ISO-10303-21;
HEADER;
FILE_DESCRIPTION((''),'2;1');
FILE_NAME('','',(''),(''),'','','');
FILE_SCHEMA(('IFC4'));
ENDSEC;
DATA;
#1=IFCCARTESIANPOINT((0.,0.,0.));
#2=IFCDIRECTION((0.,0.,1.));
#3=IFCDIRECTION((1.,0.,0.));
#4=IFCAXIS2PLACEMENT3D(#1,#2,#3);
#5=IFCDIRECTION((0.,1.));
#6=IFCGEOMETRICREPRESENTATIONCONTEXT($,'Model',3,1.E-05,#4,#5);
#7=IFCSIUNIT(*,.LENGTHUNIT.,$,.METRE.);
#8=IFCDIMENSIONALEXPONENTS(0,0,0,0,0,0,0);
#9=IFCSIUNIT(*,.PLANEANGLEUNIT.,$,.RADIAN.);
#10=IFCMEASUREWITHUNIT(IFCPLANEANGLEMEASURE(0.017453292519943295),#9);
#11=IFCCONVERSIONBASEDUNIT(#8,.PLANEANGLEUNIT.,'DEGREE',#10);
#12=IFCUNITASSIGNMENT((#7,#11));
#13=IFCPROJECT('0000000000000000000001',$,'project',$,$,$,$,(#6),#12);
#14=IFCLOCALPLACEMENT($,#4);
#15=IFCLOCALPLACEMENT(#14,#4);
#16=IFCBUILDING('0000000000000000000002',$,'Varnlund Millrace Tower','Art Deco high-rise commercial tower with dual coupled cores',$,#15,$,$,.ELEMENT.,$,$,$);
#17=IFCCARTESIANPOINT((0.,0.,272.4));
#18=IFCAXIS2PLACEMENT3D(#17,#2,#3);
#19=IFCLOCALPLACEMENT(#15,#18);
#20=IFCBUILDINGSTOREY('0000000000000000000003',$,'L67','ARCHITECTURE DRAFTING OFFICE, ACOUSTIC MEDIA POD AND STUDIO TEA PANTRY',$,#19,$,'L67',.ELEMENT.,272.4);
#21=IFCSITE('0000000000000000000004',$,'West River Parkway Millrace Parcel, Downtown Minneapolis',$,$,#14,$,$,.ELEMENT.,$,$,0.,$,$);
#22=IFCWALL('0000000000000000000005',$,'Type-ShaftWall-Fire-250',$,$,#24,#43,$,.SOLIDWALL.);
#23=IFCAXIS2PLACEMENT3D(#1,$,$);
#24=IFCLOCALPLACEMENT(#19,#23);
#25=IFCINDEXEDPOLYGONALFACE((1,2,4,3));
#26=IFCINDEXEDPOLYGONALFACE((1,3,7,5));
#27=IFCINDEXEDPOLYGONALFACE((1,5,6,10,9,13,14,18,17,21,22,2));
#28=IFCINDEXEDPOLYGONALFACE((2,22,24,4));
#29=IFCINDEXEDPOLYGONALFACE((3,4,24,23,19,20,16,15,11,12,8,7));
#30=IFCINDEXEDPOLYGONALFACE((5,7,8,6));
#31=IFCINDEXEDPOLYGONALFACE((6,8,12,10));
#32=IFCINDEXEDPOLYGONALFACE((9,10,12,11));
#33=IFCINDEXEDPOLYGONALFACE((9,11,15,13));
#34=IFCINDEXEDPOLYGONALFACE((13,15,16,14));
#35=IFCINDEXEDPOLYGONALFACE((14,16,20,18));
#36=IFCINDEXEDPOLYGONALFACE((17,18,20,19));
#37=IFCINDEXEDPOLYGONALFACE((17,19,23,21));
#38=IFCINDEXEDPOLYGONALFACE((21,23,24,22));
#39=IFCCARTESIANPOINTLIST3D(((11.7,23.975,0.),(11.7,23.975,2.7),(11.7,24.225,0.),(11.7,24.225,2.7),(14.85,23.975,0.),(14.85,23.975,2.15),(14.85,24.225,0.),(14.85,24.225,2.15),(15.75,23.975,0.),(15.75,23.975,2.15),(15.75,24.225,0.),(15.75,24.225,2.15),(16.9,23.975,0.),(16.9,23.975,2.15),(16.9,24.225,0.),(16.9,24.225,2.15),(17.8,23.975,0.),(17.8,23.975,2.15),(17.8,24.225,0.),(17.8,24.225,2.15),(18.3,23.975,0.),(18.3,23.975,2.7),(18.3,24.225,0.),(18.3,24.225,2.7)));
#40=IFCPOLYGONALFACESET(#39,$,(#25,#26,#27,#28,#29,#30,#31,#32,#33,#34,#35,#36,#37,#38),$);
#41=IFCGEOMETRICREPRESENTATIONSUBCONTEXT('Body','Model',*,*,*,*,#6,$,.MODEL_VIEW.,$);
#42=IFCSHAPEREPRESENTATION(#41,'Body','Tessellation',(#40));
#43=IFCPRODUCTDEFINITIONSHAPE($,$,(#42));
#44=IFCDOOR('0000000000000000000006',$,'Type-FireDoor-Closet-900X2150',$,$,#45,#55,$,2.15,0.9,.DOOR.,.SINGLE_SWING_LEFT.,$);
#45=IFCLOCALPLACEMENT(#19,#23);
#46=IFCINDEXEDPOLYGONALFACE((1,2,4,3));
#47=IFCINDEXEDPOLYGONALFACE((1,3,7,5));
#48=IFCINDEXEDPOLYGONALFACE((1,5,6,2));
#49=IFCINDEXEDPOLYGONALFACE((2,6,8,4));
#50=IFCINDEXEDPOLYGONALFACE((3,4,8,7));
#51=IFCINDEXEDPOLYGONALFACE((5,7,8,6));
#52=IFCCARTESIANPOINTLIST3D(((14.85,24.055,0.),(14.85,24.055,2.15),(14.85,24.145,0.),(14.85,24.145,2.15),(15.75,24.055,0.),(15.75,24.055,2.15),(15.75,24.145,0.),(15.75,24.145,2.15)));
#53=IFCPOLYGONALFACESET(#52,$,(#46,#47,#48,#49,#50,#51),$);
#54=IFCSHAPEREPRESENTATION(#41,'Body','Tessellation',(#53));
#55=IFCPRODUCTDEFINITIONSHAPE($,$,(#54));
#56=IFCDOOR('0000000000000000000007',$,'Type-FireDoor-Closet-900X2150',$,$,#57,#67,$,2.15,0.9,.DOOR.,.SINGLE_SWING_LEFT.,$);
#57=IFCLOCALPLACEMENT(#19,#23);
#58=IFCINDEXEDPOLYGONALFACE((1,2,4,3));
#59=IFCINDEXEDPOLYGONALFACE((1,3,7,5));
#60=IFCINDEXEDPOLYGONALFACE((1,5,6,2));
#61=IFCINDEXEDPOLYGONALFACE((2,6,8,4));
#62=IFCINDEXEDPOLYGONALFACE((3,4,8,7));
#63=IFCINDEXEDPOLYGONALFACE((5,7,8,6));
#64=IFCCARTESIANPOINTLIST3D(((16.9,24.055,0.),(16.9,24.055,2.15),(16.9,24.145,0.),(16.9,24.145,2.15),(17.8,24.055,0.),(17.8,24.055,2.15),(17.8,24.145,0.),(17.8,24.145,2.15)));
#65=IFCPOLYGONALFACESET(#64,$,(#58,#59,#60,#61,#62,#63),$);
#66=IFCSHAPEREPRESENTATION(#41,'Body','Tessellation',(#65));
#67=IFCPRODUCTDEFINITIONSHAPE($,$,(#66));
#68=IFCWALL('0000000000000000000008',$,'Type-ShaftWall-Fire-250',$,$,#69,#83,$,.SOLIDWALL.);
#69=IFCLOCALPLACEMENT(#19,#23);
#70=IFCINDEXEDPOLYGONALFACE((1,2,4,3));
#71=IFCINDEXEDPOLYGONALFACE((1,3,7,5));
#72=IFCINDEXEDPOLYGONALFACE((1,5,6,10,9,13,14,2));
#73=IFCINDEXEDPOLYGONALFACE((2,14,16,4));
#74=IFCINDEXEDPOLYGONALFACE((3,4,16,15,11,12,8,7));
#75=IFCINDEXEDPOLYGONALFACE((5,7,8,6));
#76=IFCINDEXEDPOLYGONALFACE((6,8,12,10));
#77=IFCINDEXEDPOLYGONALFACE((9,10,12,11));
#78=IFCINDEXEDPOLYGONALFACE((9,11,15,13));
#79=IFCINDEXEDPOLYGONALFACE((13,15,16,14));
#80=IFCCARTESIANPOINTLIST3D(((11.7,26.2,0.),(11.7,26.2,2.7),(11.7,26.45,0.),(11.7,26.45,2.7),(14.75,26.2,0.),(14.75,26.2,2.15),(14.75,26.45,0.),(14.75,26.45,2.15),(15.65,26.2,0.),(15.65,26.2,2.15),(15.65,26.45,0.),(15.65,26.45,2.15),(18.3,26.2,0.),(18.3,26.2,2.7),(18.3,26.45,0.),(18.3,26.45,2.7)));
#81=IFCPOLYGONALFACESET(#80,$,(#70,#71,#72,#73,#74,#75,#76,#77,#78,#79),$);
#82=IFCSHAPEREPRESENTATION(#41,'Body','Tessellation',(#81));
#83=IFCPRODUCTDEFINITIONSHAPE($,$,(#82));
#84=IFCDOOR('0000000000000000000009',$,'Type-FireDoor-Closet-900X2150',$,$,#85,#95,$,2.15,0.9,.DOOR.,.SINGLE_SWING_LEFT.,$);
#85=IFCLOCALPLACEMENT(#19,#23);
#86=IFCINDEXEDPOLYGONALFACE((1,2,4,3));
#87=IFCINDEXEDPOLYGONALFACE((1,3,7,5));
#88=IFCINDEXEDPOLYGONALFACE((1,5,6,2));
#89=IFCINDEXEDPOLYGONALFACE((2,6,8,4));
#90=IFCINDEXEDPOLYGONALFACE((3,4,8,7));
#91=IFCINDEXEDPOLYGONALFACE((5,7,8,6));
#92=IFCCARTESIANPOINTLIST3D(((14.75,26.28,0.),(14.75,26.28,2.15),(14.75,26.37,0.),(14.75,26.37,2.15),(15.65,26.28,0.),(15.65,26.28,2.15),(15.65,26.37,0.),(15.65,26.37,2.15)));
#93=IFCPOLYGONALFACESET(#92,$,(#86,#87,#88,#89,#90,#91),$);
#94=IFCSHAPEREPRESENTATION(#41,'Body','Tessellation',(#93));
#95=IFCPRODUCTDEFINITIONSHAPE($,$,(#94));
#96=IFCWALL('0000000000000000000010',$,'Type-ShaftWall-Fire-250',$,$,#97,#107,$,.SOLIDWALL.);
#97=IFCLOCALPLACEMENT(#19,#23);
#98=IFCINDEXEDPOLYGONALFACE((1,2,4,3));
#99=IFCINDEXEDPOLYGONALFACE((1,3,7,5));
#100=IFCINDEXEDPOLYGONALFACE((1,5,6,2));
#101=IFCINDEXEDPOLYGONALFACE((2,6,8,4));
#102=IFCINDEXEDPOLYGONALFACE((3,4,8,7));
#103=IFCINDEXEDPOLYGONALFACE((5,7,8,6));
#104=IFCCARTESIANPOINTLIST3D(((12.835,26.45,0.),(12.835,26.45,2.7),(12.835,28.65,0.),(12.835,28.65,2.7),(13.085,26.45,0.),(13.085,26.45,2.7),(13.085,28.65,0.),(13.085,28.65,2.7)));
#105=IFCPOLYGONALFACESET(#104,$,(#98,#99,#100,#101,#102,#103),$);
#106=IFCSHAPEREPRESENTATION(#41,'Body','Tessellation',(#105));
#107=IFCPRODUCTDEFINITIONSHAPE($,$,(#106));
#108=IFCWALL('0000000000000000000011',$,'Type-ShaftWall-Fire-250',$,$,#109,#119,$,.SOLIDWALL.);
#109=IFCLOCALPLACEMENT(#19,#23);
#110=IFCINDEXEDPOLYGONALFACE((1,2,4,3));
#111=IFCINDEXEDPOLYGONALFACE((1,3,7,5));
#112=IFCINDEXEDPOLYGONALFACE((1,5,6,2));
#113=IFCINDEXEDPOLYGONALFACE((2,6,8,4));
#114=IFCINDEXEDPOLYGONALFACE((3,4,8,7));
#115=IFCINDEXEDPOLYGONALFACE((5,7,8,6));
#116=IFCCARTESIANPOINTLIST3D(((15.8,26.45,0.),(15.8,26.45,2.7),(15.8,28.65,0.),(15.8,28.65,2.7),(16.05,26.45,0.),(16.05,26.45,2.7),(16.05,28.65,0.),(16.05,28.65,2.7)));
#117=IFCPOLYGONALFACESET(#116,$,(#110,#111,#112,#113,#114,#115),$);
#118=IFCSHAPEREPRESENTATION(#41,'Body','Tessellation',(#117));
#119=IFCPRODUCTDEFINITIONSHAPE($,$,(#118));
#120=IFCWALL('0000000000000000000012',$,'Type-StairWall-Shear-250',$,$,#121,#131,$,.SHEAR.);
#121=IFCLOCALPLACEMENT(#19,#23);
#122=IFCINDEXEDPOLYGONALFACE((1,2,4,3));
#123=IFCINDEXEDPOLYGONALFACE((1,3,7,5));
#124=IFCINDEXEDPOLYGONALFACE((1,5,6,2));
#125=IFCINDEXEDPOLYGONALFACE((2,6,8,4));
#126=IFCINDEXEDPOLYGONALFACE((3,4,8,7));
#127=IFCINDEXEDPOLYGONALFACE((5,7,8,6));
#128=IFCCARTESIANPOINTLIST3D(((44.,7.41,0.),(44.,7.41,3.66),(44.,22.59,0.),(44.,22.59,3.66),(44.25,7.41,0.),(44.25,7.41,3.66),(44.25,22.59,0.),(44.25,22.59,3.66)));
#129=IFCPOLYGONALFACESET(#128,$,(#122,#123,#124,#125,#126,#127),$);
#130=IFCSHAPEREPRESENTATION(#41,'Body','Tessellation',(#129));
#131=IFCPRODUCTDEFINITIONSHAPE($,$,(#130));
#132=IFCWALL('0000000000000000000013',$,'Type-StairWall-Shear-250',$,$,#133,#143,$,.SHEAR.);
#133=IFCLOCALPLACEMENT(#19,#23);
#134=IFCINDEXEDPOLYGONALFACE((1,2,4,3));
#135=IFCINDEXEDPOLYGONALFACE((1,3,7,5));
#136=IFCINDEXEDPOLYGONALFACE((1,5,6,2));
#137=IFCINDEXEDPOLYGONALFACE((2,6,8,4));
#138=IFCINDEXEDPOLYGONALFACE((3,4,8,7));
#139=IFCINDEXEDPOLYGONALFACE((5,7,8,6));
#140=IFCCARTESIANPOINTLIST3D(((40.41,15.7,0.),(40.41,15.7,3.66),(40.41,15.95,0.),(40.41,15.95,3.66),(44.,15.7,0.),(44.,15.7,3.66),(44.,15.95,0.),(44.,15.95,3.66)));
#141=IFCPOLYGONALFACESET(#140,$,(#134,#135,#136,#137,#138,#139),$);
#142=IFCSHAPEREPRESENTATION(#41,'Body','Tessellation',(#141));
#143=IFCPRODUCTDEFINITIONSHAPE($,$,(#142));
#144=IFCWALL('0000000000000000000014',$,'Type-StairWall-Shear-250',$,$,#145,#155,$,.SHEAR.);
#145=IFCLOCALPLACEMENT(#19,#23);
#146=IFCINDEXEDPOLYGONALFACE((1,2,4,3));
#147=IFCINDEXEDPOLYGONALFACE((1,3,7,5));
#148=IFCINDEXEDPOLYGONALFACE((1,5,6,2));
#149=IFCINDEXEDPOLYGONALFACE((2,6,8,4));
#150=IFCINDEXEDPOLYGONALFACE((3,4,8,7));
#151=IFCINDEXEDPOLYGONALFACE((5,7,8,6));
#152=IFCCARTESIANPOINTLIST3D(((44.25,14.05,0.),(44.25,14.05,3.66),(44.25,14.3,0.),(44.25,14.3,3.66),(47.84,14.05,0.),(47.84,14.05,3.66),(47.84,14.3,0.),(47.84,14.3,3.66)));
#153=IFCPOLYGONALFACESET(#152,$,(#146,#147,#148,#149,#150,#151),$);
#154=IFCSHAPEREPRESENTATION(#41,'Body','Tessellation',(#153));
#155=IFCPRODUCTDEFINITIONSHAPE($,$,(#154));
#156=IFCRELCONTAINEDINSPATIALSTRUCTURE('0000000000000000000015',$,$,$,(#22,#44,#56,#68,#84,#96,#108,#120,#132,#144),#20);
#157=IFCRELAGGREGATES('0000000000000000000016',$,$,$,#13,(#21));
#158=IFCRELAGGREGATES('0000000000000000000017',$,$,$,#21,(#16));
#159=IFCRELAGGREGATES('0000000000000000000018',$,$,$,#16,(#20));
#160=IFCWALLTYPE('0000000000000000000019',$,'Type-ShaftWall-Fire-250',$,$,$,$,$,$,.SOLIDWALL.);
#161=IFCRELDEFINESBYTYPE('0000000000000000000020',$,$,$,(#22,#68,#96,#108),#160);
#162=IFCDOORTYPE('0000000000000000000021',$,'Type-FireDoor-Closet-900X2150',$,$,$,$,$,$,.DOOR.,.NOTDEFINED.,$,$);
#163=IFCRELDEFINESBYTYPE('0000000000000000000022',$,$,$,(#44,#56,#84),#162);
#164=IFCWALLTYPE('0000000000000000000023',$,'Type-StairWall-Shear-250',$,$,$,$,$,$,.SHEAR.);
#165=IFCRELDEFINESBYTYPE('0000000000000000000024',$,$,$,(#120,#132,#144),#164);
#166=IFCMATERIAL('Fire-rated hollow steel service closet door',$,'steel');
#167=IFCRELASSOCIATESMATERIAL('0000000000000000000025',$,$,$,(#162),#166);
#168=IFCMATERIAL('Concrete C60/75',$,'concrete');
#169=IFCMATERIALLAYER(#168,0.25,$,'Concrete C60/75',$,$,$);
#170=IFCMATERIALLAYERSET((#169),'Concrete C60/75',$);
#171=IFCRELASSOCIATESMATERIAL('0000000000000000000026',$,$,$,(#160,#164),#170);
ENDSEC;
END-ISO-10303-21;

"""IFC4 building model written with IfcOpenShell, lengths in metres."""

from ifc_helpers import new_model, entity, si_unit, converted_unit, direction, frame, origin_with_axes, origin_2d_with_axis, place, context, subcontext, project, spatial, polyline, rectangle, outline, extrude, material, layer, layer_set, type_object, element, fill, save


model = new_model("IFC4")

# Units and contexts
model_context = context("Model", 3, precision=1e-05, world=origin_with_axes(), true_north=direction((0.0, 1.0)))
body_context = subcontext(model_context, "Body", "Model", "MODEL_VIEW")
ifc_project = project(units=[si_unit("LENGTHUNIT", "METRE"), converted_unit("PLANEANGLEUNIT", "DEGREE", entity("IfcPlaneAngleMeasure", 0.017453292519943295), si_unit("PLANEANGLEUNIT", "RADIAN"), dimensions=[0, 0, 0, 0, 0, 0, 0])], contexts=[model_context])

# Site, building, storey
site_placement = place(None, origin_with_axes())
site = spatial("IfcSite", under=ifc_project, at=site_placement, Name="West River Parkway Millrace Parcel, Downtown Minneapolis", CompositionType="ELEMENT", RefElevation=0.0)
building_placement = place(site_placement, origin_with_axes())
building = spatial("IfcBuilding", under=site, at=building_placement, Name="Varnlund Millrace Tower", Description="Art Deco high-rise commercial tower with dual coupled cores", CompositionType="ELEMENT")
storey_placement = place(building_placement, frame((0.0, 0.0, 272.4), z_axis=(0.0, 0.0, 1.0), x_axis=(1.0, 0.0, 0.0)))
storey = spatial("IfcBuildingStorey", under=building, at=storey_placement, Name="L67", Description="ARCHITECTURE DRAFTING OFFICE, ACOUSTIC MEDIA POD AND STUDIO TEA PANTRY", LongName="L67", CompositionType="ELEMENT", Elevation=272.4)

# Shared definitions
ifc_material_1 = material(Name="Concrete C60/75", Category="concrete")
ifc_material_2 = material(Name="Fire-rated hollow steel service closet door", Category="steel")
door_type_1 = type_object("IfcDoorType", Name="Type-FireDoor-Closet-900X2150", OperationType="NOTDEFINED", PredefinedType="DOOR", material=ifc_material_2)

# Wall, openings, doors
ifc_layer_1 = layer(ifc_material_1, 0.25, Name="Concrete C60/75")
ifc_layer_set_1 = layer_set([ifc_layer_1], Name="Concrete C60/75")
wall_type_1 = type_object("IfcWallType", Name="Type-ShaftWall-Fire-250", PredefinedType="SOLIDWALL", material=ifc_layer_set_1)
wall_1_placement = place(storey_placement, frame((11.7, 24.1, 0.0), z_axis=(0.0, 0.0, 1.0), x_axis=(1.0, 0.0, 0.0)))
wall_1 = element("IfcWall", 1, at=wall_1_placement, inside=storey, type_object=wall_type_1, Name="Type-ShaftWall-Fire-250", PredefinedType="SOLIDWALL", context=body_context, shape_type="SweptSolid", body=[
    extrude(outline(polyline([(0.0, -0.125), (6.6, -0.125), (6.6, 0.125), (0.0, 0.125), (0.0, -0.125)])), origin_with_axes(), (0.0, 0.0, 1.0), 2.7),
])
opening_1_placement = place(wall_1_placement, frame((3.6, 0.0, 0.0), z_axis=(0.0, 0.0, 1.0), x_axis=(1.0, 0.0, 0.0)))
opening_1 = element("IfcOpeningElement", 2, at=opening_1_placement, cuts=wall_1, PredefinedType="OPENING", context=body_context, shape_type="SweptSolid", body=[
    extrude(rectangle(XDim=0.9, YDim=0.27, at=origin_2d_with_axis()), origin_with_axes(), (0.0, 0.0, 1.0), 2.15),
])
opening_2_placement = place(wall_1_placement, frame((5.65, 0.0, 0.0), z_axis=(0.0, 0.0, 1.0), x_axis=(1.0, 0.0, 0.0)))
opening_2 = element("IfcOpeningElement", 3, at=opening_2_placement, cuts=wall_1, PredefinedType="OPENING", context=body_context, shape_type="SweptSolid", body=[
    extrude(rectangle(XDim=0.9, YDim=0.27, at=origin_2d_with_axis()), origin_with_axes(), (0.0, 0.0, 1.0), 2.15),
])
door_1_placement = place(wall_1_placement, frame((3.6, 0.0, 0.0), z_axis=(0.0, 0.0, 1.0), x_axis=(1.0, 0.0, 0.0)))
door_1 = element("IfcDoor", 4, at=door_1_placement, inside=storey, type_object=door_type_1, Name="Type-FireDoor-Closet-900X2150", OperationType="SINGLE_SWING_LEFT", OverallHeight=2.15, OverallWidth=0.9, PredefinedType="DOOR", context=body_context, shape_type="SweptSolid", body=[
    extrude(rectangle(XDim=0.9, YDim=0.09, at=origin_2d_with_axis()), origin_with_axes(), (0.0, 0.0, 1.0), 2.15),
])
fill(opening_1, door_1)
door_2_placement = place(wall_1_placement, frame((5.65, 0.0, 0.0), z_axis=(0.0, 0.0, 1.0), x_axis=(1.0, 0.0, 0.0)))
door_2 = element("IfcDoor", 5, at=door_2_placement, inside=storey, type_object=door_type_1, Name="Type-FireDoor-Closet-900X2150", OperationType="SINGLE_SWING_LEFT", OverallHeight=2.15, OverallWidth=0.9, PredefinedType="DOOR", context=body_context, shape_type="SweptSolid", body=[
    extrude(rectangle(XDim=0.9, YDim=0.09, at=origin_2d_with_axis()), origin_with_axes(), (0.0, 0.0, 1.0), 2.15),
])
fill(opening_2, door_2)

# Wall, opening, door
wall_2_placement = place(storey_placement, frame((11.7, 26.325, 0.0), z_axis=(0.0, 0.0, 1.0), x_axis=(1.0, 0.0, 0.0)))
wall_2 = element("IfcWall", 6, at=wall_2_placement, inside=storey, type_object=wall_type_1, Name="Type-ShaftWall-Fire-250", PredefinedType="SOLIDWALL", context=body_context, shape_type="SweptSolid", body=[
    extrude(outline(polyline([(0.0, -0.125), (6.6, -0.125), (6.6, 0.125), (0.0, 0.125), (0.0, -0.125)])), origin_with_axes(), (0.0, 0.0, 1.0), 2.7),
])
opening_3_placement = place(wall_2_placement, frame((3.5, 0.0, 0.0), z_axis=(0.0, 0.0, 1.0), x_axis=(1.0, 0.0, 0.0)))
opening_3 = element("IfcOpeningElement", 7, at=opening_3_placement, cuts=wall_2, PredefinedType="OPENING", context=body_context, shape_type="SweptSolid", body=[
    extrude(rectangle(XDim=0.9, YDim=0.27, at=origin_2d_with_axis()), origin_with_axes(), (0.0, 0.0, 1.0), 2.15),
])
door_3_placement = place(wall_2_placement, frame((3.5, 0.0, 0.0), z_axis=(0.0, 0.0, 1.0), x_axis=(1.0, 0.0, 0.0)))
door_3 = element("IfcDoor", 8, at=door_3_placement, inside=storey, type_object=door_type_1, Name="Type-FireDoor-Closet-900X2150", OperationType="SINGLE_SWING_LEFT", OverallHeight=2.15, OverallWidth=0.9, PredefinedType="DOOR", context=body_context, shape_type="SweptSolid", body=[
    extrude(rectangle(XDim=0.9, YDim=0.09, at=origin_2d_with_axis()), origin_with_axes(), (0.0, 0.0, 1.0), 2.15),
])
fill(opening_3, door_3)

# Walls
for number, where, z_axis, x_axis, name in (
    (9, (12.96, 26.45, 0.0), (0.0, 0.0, 1.0), (0.0, 1.0, 0.0), "Type-ShaftWall-Fire-250"),
    (10, (15.925, 26.45, 0.0), (0.0, 0.0, 1.0), (0.0, 1.0, 0.0), "Type-ShaftWall-Fire-250"),
):
    element("IfcWall", number, at=place(storey_placement, frame(where, z_axis=z_axis, x_axis=x_axis)), inside=storey, type_object=wall_type_1, Name=name, PredefinedType="SOLIDWALL", context=body_context, shape_type="SweptSolid", body=[
        extrude(outline(polyline([(0.0, -0.125), (2.2, -0.125), (2.2, 0.125), (0.0, 0.125), (0.0, -0.125)])), origin_with_axes(), (0.0, 0.0, 1.0), 2.7),
    ])
wall_type_2 = type_object("IfcWallType", Name="Type-StairWall-Shear-250", PredefinedType="SHEAR", material=ifc_layer_set_1)
wall_3_placement = place(storey_placement, frame((44.125, 7.41, 0.0), z_axis=(0.0, 0.0, 1.0), x_axis=(0.0, 1.0, 0.0)))
element("IfcWall", 11, at=wall_3_placement, inside=storey, type_object=wall_type_2, Name="Type-StairWall-Shear-250", PredefinedType="SHEAR", context=body_context, shape_type="SweptSolid", body=[
    extrude(outline(polyline([(0.0, -0.125), (15.18, -0.125), (15.18, 0.125), (0.0, 0.125), (0.0, -0.125)])), origin_with_axes(), (0.0, 0.0, 1.0), 3.66),
])
for number, where, z_axis, x_axis, name in (
    (12, (40.41, 15.825, 0.0), (0.0, 0.0, 1.0), (1.0, 0.0, 0.0), "Type-StairWall-Shear-250"),
    (13, (44.25, 14.175, 0.0), (0.0, 0.0, 1.0), (1.0, 0.0, 0.0), "Type-StairWall-Shear-250"),
):
    element("IfcWall", number, at=place(storey_placement, frame(where, z_axis=z_axis, x_axis=x_axis)), inside=storey, type_object=wall_type_2, Name=name, PredefinedType="SHEAR", context=body_context, shape_type="SweptSolid", body=[
        extrude(outline(polyline([(0.0, -0.125), (3.59, -0.125), (3.59, 0.125), (0.0, 0.125), (0.0, -0.125)])), origin_with_axes(), (0.0, 0.0, 1.0), 3.66),
    ])

save(model, "model.ifc")
